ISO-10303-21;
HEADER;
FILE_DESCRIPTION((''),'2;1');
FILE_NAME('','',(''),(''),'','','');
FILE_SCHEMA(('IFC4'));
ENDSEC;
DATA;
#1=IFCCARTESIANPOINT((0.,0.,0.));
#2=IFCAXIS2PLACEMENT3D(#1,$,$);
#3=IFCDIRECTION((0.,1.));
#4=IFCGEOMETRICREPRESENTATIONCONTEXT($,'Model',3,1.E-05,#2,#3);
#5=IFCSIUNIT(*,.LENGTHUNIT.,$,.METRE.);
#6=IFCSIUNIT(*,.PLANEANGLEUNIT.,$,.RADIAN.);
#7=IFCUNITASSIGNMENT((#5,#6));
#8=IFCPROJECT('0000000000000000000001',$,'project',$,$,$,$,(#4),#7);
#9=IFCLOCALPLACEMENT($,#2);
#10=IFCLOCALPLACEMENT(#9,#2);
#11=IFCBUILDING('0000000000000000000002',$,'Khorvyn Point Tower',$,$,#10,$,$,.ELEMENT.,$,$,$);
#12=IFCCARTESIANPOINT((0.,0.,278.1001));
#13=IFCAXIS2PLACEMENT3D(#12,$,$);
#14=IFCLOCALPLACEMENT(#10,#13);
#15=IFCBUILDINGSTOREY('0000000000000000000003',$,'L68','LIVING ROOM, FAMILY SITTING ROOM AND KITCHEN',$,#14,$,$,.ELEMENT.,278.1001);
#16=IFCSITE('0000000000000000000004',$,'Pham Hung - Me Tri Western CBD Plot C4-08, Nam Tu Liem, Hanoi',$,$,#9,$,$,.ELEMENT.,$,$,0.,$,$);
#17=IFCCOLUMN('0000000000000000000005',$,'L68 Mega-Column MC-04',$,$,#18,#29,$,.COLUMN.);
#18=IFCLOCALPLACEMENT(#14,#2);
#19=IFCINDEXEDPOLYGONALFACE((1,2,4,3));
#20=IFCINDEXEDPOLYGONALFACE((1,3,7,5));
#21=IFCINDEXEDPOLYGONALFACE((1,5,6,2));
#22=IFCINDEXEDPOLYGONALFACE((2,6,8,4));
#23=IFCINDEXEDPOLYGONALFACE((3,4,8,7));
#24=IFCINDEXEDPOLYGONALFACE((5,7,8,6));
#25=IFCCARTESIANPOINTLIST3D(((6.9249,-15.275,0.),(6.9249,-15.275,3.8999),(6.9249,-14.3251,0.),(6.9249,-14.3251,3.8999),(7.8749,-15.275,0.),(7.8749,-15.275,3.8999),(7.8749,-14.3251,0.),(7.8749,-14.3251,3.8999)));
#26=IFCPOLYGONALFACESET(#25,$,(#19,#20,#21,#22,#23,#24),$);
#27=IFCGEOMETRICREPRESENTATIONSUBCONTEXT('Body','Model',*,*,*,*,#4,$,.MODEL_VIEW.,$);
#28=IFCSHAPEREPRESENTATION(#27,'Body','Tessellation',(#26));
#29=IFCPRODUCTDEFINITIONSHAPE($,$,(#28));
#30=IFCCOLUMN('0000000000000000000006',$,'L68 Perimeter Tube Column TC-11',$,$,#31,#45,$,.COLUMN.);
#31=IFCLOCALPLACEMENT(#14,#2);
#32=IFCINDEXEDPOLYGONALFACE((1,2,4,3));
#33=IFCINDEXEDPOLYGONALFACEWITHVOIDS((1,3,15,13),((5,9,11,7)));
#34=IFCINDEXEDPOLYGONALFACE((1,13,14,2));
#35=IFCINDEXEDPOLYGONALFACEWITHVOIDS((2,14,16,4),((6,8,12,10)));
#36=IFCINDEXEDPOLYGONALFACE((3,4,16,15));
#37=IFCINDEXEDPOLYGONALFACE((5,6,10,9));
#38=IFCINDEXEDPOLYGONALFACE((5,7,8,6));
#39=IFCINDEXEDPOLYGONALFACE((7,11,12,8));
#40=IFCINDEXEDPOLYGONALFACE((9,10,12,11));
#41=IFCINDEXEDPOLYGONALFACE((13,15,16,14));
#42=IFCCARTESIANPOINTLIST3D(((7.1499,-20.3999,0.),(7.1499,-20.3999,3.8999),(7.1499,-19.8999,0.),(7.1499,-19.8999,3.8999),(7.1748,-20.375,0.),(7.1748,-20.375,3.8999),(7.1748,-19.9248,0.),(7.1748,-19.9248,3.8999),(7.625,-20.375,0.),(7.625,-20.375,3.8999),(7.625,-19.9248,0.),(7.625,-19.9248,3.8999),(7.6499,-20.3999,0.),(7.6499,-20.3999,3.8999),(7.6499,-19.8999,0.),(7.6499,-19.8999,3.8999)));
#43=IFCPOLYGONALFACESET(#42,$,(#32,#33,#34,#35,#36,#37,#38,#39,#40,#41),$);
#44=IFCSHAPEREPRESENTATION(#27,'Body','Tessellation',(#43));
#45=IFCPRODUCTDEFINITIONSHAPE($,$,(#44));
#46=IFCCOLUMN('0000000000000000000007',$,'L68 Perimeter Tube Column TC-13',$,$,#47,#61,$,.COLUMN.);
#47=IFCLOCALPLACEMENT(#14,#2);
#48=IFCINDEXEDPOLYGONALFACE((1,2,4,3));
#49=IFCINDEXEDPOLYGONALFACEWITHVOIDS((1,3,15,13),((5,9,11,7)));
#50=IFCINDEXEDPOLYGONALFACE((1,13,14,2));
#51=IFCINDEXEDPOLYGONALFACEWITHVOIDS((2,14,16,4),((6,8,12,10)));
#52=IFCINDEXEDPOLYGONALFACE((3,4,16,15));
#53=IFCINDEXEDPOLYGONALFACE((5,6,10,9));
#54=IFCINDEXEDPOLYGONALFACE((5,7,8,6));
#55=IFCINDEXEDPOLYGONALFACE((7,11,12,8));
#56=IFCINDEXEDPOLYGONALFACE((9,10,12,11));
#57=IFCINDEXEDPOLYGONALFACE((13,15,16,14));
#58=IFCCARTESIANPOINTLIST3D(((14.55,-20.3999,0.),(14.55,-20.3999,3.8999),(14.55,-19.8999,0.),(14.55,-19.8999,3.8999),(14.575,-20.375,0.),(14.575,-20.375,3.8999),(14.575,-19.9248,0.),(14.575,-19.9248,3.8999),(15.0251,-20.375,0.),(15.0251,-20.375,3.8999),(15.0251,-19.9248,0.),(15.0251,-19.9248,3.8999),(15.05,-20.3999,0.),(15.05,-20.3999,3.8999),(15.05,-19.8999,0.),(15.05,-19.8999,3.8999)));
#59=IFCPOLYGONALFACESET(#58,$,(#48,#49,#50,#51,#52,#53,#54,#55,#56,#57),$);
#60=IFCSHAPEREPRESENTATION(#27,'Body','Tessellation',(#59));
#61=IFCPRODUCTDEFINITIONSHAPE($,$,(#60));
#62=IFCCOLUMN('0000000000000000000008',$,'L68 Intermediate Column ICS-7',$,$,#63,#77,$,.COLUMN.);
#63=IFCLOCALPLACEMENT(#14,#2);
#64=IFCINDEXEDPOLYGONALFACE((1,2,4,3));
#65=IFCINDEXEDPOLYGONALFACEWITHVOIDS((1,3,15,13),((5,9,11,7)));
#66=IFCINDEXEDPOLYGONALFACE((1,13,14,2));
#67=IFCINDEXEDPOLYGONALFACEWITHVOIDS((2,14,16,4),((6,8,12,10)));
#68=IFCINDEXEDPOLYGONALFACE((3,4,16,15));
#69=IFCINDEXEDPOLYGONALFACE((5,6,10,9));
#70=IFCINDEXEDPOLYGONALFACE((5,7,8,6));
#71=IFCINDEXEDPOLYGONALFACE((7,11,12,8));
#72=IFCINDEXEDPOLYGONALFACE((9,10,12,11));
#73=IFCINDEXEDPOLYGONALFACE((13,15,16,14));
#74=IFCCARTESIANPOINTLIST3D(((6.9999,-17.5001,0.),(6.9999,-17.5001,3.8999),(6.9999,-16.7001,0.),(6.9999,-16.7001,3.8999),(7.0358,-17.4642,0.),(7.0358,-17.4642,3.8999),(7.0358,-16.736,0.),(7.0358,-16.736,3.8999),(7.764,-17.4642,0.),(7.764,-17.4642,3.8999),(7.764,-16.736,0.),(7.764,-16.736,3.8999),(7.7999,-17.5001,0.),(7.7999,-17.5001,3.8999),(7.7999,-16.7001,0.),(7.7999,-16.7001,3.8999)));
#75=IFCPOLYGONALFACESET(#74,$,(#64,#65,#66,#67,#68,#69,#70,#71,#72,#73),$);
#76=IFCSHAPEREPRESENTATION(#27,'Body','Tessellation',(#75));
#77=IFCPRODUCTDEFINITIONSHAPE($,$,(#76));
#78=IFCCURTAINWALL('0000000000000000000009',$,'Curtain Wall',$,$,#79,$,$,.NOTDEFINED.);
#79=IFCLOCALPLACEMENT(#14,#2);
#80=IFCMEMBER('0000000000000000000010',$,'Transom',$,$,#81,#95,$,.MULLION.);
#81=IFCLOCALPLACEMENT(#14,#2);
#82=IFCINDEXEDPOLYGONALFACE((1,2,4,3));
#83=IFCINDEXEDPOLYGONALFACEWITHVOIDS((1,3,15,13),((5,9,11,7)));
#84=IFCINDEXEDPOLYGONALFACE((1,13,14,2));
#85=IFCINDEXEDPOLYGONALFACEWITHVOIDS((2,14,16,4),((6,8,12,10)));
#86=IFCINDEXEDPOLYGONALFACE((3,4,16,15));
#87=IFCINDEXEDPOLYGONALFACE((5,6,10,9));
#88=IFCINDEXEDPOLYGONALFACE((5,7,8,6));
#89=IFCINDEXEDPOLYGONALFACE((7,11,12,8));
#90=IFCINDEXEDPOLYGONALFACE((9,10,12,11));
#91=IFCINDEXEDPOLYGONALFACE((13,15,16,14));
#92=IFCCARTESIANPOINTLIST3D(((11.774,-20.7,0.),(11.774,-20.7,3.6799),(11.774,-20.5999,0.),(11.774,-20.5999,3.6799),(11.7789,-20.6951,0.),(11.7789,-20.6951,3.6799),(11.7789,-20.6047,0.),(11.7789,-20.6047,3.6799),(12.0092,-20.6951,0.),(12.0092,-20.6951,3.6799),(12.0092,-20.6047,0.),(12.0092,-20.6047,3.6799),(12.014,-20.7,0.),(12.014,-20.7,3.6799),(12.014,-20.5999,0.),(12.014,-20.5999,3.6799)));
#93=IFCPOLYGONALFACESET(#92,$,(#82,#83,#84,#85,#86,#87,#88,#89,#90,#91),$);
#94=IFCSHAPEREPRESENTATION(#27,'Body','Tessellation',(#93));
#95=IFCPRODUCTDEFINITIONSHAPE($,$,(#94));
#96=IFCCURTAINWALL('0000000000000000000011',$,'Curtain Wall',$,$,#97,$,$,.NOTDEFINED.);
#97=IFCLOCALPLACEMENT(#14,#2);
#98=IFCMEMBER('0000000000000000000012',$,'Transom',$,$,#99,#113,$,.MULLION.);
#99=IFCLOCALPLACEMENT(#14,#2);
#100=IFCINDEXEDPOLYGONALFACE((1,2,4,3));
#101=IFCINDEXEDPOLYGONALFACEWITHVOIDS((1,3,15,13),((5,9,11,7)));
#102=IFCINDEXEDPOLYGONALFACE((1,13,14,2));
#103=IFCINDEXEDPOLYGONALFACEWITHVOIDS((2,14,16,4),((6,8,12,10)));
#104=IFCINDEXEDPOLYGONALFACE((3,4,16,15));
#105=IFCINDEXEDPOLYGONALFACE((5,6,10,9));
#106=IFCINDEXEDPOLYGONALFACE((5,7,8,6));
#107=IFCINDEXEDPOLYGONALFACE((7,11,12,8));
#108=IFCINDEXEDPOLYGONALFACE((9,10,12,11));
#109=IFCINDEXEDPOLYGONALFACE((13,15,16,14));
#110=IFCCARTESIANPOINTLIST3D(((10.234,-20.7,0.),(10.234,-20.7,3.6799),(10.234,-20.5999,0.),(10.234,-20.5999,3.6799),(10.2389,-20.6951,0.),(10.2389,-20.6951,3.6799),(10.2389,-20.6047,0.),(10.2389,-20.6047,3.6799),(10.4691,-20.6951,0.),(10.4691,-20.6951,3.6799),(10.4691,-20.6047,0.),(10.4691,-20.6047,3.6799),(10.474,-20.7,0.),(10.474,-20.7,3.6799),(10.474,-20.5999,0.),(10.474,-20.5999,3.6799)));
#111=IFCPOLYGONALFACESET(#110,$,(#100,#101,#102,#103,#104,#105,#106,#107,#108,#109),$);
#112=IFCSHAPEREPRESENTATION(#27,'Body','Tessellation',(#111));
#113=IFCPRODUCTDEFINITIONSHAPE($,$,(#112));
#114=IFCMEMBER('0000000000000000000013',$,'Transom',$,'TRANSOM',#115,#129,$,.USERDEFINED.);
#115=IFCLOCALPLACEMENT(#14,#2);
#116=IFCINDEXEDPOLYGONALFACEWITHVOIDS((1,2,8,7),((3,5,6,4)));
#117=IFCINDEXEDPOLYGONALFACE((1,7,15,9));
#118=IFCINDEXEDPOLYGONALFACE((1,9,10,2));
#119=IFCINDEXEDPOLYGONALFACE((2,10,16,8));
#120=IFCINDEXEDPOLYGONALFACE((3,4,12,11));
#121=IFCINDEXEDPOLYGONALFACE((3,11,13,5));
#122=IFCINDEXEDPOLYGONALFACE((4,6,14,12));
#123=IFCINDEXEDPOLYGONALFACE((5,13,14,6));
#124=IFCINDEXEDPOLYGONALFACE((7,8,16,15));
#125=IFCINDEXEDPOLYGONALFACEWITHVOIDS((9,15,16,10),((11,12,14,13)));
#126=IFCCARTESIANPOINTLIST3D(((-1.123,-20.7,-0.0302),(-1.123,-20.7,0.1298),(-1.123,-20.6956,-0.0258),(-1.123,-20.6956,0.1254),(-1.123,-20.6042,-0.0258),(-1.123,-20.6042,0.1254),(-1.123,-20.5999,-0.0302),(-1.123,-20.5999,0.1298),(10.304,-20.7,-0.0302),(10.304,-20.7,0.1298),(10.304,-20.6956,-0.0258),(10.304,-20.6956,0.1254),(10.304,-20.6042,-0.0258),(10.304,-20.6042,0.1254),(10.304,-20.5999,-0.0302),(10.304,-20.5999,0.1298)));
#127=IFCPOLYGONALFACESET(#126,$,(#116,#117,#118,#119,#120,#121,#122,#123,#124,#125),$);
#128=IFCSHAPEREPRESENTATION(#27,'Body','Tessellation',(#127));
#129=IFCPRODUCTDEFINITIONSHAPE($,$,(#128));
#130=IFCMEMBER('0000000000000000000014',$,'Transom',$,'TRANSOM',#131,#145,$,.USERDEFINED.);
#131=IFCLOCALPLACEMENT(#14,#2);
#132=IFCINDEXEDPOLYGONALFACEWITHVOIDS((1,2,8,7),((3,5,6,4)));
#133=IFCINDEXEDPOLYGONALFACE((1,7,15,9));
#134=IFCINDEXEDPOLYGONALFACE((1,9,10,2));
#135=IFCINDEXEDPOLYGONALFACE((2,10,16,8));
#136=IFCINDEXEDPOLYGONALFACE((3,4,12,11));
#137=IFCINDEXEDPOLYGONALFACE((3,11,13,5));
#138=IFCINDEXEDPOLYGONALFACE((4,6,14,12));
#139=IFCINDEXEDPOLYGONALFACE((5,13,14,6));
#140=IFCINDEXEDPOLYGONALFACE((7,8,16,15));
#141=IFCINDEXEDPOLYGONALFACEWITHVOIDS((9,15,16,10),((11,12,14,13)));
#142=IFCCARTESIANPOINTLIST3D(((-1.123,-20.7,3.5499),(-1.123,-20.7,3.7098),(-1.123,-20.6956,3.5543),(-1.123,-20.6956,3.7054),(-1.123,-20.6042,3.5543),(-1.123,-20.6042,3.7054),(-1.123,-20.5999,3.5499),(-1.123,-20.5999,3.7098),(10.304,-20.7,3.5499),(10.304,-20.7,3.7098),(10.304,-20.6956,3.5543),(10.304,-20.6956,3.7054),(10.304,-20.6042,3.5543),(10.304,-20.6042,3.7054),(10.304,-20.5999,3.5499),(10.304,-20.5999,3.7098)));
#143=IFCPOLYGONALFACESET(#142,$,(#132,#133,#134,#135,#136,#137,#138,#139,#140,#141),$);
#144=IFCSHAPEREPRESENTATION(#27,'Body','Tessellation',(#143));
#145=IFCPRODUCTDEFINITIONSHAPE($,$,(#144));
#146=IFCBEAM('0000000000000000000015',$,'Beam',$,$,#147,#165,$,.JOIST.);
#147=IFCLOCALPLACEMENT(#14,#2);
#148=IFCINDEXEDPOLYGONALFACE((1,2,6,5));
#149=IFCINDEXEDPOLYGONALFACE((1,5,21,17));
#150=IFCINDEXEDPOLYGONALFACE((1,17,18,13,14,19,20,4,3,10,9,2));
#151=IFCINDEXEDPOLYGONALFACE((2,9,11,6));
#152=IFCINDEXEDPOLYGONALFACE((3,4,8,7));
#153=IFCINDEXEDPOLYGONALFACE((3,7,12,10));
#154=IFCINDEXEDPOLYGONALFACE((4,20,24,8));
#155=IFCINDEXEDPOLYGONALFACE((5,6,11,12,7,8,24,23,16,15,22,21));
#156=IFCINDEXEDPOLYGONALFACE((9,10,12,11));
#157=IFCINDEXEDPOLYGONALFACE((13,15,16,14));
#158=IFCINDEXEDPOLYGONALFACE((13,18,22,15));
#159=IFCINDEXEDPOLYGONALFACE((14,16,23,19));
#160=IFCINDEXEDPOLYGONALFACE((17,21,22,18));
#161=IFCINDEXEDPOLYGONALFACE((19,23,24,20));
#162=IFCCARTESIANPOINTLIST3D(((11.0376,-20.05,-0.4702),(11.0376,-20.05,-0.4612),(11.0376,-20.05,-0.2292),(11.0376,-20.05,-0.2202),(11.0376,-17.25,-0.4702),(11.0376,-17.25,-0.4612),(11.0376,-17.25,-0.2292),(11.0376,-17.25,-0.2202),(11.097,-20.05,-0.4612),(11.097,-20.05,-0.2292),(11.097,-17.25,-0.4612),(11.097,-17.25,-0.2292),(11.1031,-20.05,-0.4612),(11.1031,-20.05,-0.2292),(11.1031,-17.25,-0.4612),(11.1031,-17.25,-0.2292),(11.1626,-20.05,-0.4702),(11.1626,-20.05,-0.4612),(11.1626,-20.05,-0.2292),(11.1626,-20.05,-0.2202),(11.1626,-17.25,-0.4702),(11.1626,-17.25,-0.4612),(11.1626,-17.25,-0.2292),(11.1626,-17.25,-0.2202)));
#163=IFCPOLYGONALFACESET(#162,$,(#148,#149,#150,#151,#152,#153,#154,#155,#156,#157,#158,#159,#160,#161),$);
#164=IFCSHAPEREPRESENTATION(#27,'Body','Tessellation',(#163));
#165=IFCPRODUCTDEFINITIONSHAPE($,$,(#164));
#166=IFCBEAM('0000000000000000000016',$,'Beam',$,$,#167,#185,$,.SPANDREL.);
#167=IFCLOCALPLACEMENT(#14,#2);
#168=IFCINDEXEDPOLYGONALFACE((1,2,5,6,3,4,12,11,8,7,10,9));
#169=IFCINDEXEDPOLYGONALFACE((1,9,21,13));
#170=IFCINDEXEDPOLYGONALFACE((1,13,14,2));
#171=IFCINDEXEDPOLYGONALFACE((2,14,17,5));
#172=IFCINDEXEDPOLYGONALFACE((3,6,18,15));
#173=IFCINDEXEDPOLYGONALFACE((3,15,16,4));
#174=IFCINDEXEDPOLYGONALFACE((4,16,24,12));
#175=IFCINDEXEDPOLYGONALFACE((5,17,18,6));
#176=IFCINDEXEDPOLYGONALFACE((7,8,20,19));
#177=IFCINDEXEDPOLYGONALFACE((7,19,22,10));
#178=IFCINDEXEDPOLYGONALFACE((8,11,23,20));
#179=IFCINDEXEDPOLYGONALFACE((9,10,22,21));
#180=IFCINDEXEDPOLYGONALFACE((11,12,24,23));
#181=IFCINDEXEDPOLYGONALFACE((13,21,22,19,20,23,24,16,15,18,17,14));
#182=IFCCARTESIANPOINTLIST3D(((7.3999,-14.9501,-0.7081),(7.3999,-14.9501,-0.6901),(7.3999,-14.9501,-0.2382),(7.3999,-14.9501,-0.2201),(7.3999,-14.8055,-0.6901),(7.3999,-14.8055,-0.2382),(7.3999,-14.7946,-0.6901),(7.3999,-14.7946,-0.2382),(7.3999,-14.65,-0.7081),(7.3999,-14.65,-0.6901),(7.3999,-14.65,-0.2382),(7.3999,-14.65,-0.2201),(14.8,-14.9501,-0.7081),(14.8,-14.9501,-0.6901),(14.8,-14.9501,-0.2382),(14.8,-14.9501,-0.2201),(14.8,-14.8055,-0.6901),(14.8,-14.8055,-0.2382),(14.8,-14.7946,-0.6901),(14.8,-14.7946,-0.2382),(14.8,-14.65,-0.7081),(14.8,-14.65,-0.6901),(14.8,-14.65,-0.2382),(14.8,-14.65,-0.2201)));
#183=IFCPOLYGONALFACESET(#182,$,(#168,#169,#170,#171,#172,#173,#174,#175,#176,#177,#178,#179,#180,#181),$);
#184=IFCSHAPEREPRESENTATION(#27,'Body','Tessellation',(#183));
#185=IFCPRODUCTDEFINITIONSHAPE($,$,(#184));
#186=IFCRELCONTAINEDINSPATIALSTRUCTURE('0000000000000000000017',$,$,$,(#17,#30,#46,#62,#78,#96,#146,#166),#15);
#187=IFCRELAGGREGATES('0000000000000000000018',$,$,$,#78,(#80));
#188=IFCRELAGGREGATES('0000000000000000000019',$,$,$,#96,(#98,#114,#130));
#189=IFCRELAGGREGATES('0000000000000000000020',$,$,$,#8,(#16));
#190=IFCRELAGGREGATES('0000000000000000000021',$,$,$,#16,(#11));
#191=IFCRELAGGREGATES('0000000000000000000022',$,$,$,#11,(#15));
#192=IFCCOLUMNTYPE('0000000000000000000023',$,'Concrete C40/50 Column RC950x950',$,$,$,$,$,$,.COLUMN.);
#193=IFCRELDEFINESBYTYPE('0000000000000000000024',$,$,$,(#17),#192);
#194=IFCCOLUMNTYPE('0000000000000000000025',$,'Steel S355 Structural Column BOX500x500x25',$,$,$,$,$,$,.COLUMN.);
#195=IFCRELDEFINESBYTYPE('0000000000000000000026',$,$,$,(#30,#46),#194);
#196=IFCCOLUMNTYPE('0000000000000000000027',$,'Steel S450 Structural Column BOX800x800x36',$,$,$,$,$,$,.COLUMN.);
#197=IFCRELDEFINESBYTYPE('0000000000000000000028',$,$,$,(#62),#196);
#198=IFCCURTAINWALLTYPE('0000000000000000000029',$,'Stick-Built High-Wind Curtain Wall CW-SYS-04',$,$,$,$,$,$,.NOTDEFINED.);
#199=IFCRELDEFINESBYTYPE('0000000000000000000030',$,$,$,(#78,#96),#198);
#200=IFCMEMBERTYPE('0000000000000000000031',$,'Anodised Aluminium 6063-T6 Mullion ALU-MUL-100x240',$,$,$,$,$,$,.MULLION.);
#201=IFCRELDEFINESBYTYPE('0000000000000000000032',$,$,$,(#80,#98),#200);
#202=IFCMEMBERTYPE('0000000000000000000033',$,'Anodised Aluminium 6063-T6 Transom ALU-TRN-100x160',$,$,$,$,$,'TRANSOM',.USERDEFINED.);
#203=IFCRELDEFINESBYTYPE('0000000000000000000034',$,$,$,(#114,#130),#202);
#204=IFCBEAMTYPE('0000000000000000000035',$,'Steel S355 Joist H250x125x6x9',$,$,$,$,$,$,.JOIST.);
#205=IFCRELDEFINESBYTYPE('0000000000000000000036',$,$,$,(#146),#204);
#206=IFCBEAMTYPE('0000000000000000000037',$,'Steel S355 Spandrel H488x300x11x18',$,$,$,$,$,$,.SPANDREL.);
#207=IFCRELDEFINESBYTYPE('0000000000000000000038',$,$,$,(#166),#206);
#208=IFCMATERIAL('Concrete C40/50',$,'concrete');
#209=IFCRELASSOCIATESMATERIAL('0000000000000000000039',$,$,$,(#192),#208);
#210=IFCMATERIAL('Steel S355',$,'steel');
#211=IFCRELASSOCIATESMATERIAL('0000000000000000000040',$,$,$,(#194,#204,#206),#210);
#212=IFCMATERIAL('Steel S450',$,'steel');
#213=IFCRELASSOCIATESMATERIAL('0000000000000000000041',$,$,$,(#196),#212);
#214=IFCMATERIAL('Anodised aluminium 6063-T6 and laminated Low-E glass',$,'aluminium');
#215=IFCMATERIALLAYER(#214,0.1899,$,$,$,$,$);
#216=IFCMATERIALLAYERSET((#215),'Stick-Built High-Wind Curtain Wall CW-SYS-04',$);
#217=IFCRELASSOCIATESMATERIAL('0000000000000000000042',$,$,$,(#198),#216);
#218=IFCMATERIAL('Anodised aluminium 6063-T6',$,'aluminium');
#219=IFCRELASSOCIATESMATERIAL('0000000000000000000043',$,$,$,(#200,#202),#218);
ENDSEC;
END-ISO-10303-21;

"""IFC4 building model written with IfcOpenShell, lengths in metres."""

from ifc_helpers import new_model, si_unit, direction, frame, origin, origin_2d, place, context, subcontext, project, spatial, rectangle, hollow_rectangle, i_section, extrude, material, layer, layer_set, material_profile, profile_set, type_object, element, aggregate, save


model = new_model("IFC4")

# Units and contexts
model_context = context("Model", 3, precision=1e-05, world=origin(), true_north=direction((0.0, 1.0)))
body_context = subcontext(model_context, "Body", "Model", "MODEL_VIEW")
ifc_project = project(units=[si_unit("LENGTHUNIT", "METRE"), si_unit("PLANEANGLEUNIT", "RADIAN")], contexts=[model_context])

# Site, building, storey
site_placement = place(None, origin())
site = spatial("IfcSite", under=ifc_project, at=site_placement, Name="Pham Hung - Me Tri Western CBD Plot C4-08, Nam Tu Liem, Hanoi", CompositionType="ELEMENT", RefElevation=0.0)
building_placement = place(site_placement, origin())
building = spatial("IfcBuilding", under=site, at=building_placement, Name="Khorvyn Point Tower", CompositionType="ELEMENT")
storey_placement = place(building_placement, frame((0.0, 0.0, 278.1001)))
storey = spatial("IfcBuildingStorey", under=building, at=storey_placement, Name="L68", Description="LIVING ROOM, FAMILY SITTING ROOM AND KITCHEN", CompositionType="ELEMENT", Elevation=278.1001)

# Columns
ifc_material_1 = material(Name="Concrete C40/50", Category="concrete")
ifc_material_profile_1 = material_profile(ifc_material_1, rectangle(XDim=0.95, YDim=0.95, at=origin_2d()))
ifc_profile_set_1 = profile_set([ifc_material_profile_1], Name="Concrete C40/50 RC950x950")
column_type_1 = type_object("IfcColumnType", Name="Concrete C40/50 Column RC950x950", PredefinedType="COLUMN", material=ifc_profile_set_1)
column_1_placement = place(storey_placement, frame((7.3999, -14.8, 0.0), z_axis=(0.0, 0.0, 1.0), x_axis=(1.0, 0.0, 0.0)))
element("IfcColumn", 1, at=column_1_placement, inside=storey, type_object=column_type_1, Name="L68 Mega-Column MC-04", PredefinedType="COLUMN", context=body_context, shape_type="SweptSolid", body=[
    extrude(rectangle(XDim=0.95, YDim=0.95, at=origin_2d()), origin(), (0.0, 0.0, 1.0), 3.8999),
])
ifc_material_2 = material(Name="Steel S355", Category="steel")
ifc_material_profile_2 = material_profile(ifc_material_2, hollow_rectangle(XDim=0.5, YDim=0.5, WallThickness=0.0249, at=origin_2d()))
ifc_profile_set_2 = profile_set([ifc_material_profile_2], Name="Steel S355 BOX500x500x25")
column_type_2 = type_object("IfcColumnType", Name="Steel S355 Structural Column BOX500x500x25", PredefinedType="COLUMN", material=ifc_profile_set_2)
for number, where, z_axis, x_axis, name in (
    (2, (7.3999, -20.1499, 0.0), (0.0, 0.0, 1.0), (1.0, 0.0, 0.0), "L68 Perimeter Tube Column TC-11"),
    (3, (14.8, -20.1499, 0.0), (0.0, 0.0, 1.0), (1.0, 0.0, 0.0), "L68 Perimeter Tube Column TC-13"),
):
    element("IfcColumn", number, at=place(storey_placement, frame(where, z_axis=z_axis, x_axis=x_axis)), inside=storey, type_object=column_type_2, Name=name, PredefinedType="COLUMN", context=body_context, shape_type="SweptSolid", body=[
        extrude(hollow_rectangle(XDim=0.5, YDim=0.5, WallThickness=0.0249, at=origin_2d()), origin(), (0.0, 0.0, 1.0), 3.8999),
    ])
ifc_material_3 = material(Name="Steel S450", Category="steel")
ifc_material_profile_3 = material_profile(ifc_material_3, hollow_rectangle(XDim=0.8, YDim=0.8, WallThickness=0.0359, at=origin_2d()))
ifc_profile_set_3 = profile_set([ifc_material_profile_3], Name="Steel S450 BOX800x800x36")
column_type_3 = type_object("IfcColumnType", Name="Steel S450 Structural Column BOX800x800x36", PredefinedType="COLUMN", material=ifc_profile_set_3)
column_2_placement = place(storey_placement, frame((7.3999, -17.1001, 0.0), z_axis=(0.0, 0.0, 1.0), x_axis=(1.0, 0.0, 0.0)))
element("IfcColumn", 4, at=column_2_placement, inside=storey, type_object=column_type_3, Name="L68 Intermediate Column ICS-7", PredefinedType="COLUMN", context=body_context, shape_type="SweptSolid", body=[
    extrude(hollow_rectangle(XDim=0.8, YDim=0.8, WallThickness=0.0359, at=origin_2d()), origin(), (0.0, 0.0, 1.0), 3.8999),
])

# Curtain wall, member
ifc_material_4 = material(Name="Anodised aluminium 6063-T6 and laminated Low-E glass", Category="aluminium")
ifc_layer_1 = layer(ifc_material_4, 0.1899)
ifc_layer_set_1 = layer_set([ifc_layer_1], Name="Stick-Built High-Wind Curtain Wall CW-SYS-04")
curtain_wall_type = type_object("IfcCurtainWallType", Name="Stick-Built High-Wind Curtain Wall CW-SYS-04", PredefinedType="NOTDEFINED", material=ifc_layer_set_1)
curtain_wall_1_placement = place(storey_placement, origin())
curtain_wall_1 = element("IfcCurtainWall", 5, at=curtain_wall_1_placement, inside=storey, type_object=curtain_wall_type, Name="Curtain Wall", PredefinedType="NOTDEFINED")
ifc_material_5 = material(Name="Anodised aluminium 6063-T6", Category="aluminium")
ifc_material_profile_4 = material_profile(ifc_material_5, hollow_rectangle(XDim=0.1001, YDim=0.24, WallThickness=0.0049, at=origin_2d()))
ifc_profile_set_4 = profile_set([ifc_material_profile_4], Name="Anodised aluminium 6063-T6 ALU-MUL-100x240")
member_type_1 = type_object("IfcMemberType", Name="Anodised Aluminium 6063-T6 Mullion ALU-MUL-100x240", PredefinedType="MULLION", material=ifc_profile_set_4)
member_1_placement = place(storey_placement, frame((11.894, -20.6499, 0.0), z_axis=(0.0, 0.0, 1.0), x_axis=(0.0, -1.0, 0.0)))
member_1 = element("IfcMember", 6, at=member_1_placement, type_object=member_type_1, Name="Transom", PredefinedType="MULLION", context=body_context, shape_type="SweptSolid", body=[
    extrude(hollow_rectangle(XDim=0.1001, YDim=0.24, WallThickness=0.0049, at=origin_2d()), origin(), (0.0, 0.0, 1.0), 3.6799),
])

# Curtain wall, members
curtain_wall_2_placement = place(storey_placement, origin())
curtain_wall_2 = element("IfcCurtainWall", 7, at=curtain_wall_2_placement, inside=storey, type_object=curtain_wall_type, Name="Curtain Wall", PredefinedType="NOTDEFINED")
member_2_placement = place(storey_placement, frame((10.354, -20.6499, 0.0), z_axis=(0.0, 0.0, 1.0), x_axis=(0.0, -1.0, 0.0)))
member_2 = element("IfcMember", 8, at=member_2_placement, type_object=member_type_1, Name="Transom", PredefinedType="MULLION", context=body_context, shape_type="SweptSolid", body=[
    extrude(hollow_rectangle(XDim=0.1001, YDim=0.24, WallThickness=0.0049, at=origin_2d()), origin(), (0.0, 0.0, 1.0), 3.6799),
])
ifc_material_profile_5 = material_profile(ifc_material_5, hollow_rectangle(XDim=0.1001, YDim=0.1599, WallThickness=0.0044, at=origin_2d()))
ifc_profile_set_5 = profile_set([ifc_material_profile_5], Name="Anodised aluminium 6063-T6 ALU-TRN-100x160")
member_type_2 = type_object("IfcMemberType", Name="Anodised Aluminium 6063-T6 Transom ALU-TRN-100x160", ElementType="TRANSOM", PredefinedType="USERDEFINED", material=ifc_profile_set_5)
member_3_placement = place(storey_placement, frame((10.304, -20.6499, 0.0498), z_axis=(-1.0, 0.0, 0.0), x_axis=(0.0, -1.0, 0.0)))
member_3 = element("IfcMember", 9, at=member_3_placement, type_object=member_type_2, Name="Transom", ObjectType="TRANSOM", PredefinedType="USERDEFINED", context=body_context, shape_type="SweptSolid", body=[
    extrude(hollow_rectangle(XDim=0.1001, YDim=0.1599, WallThickness=0.0044, at=origin_2d()), origin(), (0.0, 0.0, 1.0), 11.427),
])
member_4_placement = place(storey_placement, frame((10.304, -20.6499, 3.6299), z_axis=(-1.0, 0.0, 0.0), x_axis=(0.0, -1.0, 0.0)))
member_4 = element("IfcMember", 10, at=member_4_placement, type_object=member_type_2, Name="Transom", ObjectType="TRANSOM", PredefinedType="USERDEFINED", context=body_context, shape_type="SweptSolid", body=[
    extrude(hollow_rectangle(XDim=0.1001, YDim=0.1599, WallThickness=0.0044, at=origin_2d()), origin(), (0.0, 0.0, 1.0), 11.427),
])

# Beams
ifc_material_profile_6 = material_profile(ifc_material_2, i_section(OverallWidth=0.125, OverallDepth=0.25, WebThickness=0.0061, FlangeThickness=0.009, at=origin_2d()))
ifc_profile_set_6 = profile_set([ifc_material_profile_6], Name="Steel S355 H250x125x6x9")
beam_type_1 = type_object("IfcBeamType", Name="Steel S355 Joist H250x125x6x9", PredefinedType="JOIST", material=ifc_profile_set_6)
beam_1_placement = place(storey_placement, frame((11.1001, -20.05, -0.3452), z_axis=(0.0, 1.0, 0.0), x_axis=(-1.0, 0.0, 0.0)))
element("IfcBeam", 11, at=beam_1_placement, inside=storey, type_object=beam_type_1, Name="Beam", PredefinedType="JOIST", context=body_context, shape_type="SweptSolid", body=[
    extrude(i_section(OverallWidth=0.125, OverallDepth=0.25, WebThickness=0.0061, FlangeThickness=0.009, at=origin_2d()), origin(), (0.0, 0.0, 1.0), 2.8),
])
ifc_material_profile_7 = material_profile(ifc_material_2, i_section(OverallWidth=0.3, OverallDepth=0.488, WebThickness=0.011, FlangeThickness=0.0181, at=origin_2d()))
ifc_profile_set_7 = profile_set([ifc_material_profile_7], Name="Steel S355 H488x300x11x18")
beam_type_2 = type_object("IfcBeamType", Name="Steel S355 Spandrel H488x300x11x18", PredefinedType="SPANDREL", material=ifc_profile_set_7)
for number, where, z_axis, x_axis, name in (
    (12, (7.3999, -14.8, -0.4641), (1.0, 0.0, 0.0), (0.0, 1.0, 0.0), "Beam"),
):
    element("IfcBeam", number, at=place(storey_placement, frame(where, z_axis=z_axis, x_axis=x_axis)), inside=storey, type_object=beam_type_2, Name=name, PredefinedType="SPANDREL", context=body_context, shape_type="SweptSolid", body=[
        extrude(i_section(OverallWidth=0.3, OverallDepth=0.488, WebThickness=0.011, FlangeThickness=0.0181, at=origin_2d()), origin(), (0.0, 0.0, 1.0), 7.4001),
    ])

aggregate(curtain_wall_1, [member_1])
aggregate(curtain_wall_2, [member_2, member_3, member_4])

save(model, "model.ifc")
